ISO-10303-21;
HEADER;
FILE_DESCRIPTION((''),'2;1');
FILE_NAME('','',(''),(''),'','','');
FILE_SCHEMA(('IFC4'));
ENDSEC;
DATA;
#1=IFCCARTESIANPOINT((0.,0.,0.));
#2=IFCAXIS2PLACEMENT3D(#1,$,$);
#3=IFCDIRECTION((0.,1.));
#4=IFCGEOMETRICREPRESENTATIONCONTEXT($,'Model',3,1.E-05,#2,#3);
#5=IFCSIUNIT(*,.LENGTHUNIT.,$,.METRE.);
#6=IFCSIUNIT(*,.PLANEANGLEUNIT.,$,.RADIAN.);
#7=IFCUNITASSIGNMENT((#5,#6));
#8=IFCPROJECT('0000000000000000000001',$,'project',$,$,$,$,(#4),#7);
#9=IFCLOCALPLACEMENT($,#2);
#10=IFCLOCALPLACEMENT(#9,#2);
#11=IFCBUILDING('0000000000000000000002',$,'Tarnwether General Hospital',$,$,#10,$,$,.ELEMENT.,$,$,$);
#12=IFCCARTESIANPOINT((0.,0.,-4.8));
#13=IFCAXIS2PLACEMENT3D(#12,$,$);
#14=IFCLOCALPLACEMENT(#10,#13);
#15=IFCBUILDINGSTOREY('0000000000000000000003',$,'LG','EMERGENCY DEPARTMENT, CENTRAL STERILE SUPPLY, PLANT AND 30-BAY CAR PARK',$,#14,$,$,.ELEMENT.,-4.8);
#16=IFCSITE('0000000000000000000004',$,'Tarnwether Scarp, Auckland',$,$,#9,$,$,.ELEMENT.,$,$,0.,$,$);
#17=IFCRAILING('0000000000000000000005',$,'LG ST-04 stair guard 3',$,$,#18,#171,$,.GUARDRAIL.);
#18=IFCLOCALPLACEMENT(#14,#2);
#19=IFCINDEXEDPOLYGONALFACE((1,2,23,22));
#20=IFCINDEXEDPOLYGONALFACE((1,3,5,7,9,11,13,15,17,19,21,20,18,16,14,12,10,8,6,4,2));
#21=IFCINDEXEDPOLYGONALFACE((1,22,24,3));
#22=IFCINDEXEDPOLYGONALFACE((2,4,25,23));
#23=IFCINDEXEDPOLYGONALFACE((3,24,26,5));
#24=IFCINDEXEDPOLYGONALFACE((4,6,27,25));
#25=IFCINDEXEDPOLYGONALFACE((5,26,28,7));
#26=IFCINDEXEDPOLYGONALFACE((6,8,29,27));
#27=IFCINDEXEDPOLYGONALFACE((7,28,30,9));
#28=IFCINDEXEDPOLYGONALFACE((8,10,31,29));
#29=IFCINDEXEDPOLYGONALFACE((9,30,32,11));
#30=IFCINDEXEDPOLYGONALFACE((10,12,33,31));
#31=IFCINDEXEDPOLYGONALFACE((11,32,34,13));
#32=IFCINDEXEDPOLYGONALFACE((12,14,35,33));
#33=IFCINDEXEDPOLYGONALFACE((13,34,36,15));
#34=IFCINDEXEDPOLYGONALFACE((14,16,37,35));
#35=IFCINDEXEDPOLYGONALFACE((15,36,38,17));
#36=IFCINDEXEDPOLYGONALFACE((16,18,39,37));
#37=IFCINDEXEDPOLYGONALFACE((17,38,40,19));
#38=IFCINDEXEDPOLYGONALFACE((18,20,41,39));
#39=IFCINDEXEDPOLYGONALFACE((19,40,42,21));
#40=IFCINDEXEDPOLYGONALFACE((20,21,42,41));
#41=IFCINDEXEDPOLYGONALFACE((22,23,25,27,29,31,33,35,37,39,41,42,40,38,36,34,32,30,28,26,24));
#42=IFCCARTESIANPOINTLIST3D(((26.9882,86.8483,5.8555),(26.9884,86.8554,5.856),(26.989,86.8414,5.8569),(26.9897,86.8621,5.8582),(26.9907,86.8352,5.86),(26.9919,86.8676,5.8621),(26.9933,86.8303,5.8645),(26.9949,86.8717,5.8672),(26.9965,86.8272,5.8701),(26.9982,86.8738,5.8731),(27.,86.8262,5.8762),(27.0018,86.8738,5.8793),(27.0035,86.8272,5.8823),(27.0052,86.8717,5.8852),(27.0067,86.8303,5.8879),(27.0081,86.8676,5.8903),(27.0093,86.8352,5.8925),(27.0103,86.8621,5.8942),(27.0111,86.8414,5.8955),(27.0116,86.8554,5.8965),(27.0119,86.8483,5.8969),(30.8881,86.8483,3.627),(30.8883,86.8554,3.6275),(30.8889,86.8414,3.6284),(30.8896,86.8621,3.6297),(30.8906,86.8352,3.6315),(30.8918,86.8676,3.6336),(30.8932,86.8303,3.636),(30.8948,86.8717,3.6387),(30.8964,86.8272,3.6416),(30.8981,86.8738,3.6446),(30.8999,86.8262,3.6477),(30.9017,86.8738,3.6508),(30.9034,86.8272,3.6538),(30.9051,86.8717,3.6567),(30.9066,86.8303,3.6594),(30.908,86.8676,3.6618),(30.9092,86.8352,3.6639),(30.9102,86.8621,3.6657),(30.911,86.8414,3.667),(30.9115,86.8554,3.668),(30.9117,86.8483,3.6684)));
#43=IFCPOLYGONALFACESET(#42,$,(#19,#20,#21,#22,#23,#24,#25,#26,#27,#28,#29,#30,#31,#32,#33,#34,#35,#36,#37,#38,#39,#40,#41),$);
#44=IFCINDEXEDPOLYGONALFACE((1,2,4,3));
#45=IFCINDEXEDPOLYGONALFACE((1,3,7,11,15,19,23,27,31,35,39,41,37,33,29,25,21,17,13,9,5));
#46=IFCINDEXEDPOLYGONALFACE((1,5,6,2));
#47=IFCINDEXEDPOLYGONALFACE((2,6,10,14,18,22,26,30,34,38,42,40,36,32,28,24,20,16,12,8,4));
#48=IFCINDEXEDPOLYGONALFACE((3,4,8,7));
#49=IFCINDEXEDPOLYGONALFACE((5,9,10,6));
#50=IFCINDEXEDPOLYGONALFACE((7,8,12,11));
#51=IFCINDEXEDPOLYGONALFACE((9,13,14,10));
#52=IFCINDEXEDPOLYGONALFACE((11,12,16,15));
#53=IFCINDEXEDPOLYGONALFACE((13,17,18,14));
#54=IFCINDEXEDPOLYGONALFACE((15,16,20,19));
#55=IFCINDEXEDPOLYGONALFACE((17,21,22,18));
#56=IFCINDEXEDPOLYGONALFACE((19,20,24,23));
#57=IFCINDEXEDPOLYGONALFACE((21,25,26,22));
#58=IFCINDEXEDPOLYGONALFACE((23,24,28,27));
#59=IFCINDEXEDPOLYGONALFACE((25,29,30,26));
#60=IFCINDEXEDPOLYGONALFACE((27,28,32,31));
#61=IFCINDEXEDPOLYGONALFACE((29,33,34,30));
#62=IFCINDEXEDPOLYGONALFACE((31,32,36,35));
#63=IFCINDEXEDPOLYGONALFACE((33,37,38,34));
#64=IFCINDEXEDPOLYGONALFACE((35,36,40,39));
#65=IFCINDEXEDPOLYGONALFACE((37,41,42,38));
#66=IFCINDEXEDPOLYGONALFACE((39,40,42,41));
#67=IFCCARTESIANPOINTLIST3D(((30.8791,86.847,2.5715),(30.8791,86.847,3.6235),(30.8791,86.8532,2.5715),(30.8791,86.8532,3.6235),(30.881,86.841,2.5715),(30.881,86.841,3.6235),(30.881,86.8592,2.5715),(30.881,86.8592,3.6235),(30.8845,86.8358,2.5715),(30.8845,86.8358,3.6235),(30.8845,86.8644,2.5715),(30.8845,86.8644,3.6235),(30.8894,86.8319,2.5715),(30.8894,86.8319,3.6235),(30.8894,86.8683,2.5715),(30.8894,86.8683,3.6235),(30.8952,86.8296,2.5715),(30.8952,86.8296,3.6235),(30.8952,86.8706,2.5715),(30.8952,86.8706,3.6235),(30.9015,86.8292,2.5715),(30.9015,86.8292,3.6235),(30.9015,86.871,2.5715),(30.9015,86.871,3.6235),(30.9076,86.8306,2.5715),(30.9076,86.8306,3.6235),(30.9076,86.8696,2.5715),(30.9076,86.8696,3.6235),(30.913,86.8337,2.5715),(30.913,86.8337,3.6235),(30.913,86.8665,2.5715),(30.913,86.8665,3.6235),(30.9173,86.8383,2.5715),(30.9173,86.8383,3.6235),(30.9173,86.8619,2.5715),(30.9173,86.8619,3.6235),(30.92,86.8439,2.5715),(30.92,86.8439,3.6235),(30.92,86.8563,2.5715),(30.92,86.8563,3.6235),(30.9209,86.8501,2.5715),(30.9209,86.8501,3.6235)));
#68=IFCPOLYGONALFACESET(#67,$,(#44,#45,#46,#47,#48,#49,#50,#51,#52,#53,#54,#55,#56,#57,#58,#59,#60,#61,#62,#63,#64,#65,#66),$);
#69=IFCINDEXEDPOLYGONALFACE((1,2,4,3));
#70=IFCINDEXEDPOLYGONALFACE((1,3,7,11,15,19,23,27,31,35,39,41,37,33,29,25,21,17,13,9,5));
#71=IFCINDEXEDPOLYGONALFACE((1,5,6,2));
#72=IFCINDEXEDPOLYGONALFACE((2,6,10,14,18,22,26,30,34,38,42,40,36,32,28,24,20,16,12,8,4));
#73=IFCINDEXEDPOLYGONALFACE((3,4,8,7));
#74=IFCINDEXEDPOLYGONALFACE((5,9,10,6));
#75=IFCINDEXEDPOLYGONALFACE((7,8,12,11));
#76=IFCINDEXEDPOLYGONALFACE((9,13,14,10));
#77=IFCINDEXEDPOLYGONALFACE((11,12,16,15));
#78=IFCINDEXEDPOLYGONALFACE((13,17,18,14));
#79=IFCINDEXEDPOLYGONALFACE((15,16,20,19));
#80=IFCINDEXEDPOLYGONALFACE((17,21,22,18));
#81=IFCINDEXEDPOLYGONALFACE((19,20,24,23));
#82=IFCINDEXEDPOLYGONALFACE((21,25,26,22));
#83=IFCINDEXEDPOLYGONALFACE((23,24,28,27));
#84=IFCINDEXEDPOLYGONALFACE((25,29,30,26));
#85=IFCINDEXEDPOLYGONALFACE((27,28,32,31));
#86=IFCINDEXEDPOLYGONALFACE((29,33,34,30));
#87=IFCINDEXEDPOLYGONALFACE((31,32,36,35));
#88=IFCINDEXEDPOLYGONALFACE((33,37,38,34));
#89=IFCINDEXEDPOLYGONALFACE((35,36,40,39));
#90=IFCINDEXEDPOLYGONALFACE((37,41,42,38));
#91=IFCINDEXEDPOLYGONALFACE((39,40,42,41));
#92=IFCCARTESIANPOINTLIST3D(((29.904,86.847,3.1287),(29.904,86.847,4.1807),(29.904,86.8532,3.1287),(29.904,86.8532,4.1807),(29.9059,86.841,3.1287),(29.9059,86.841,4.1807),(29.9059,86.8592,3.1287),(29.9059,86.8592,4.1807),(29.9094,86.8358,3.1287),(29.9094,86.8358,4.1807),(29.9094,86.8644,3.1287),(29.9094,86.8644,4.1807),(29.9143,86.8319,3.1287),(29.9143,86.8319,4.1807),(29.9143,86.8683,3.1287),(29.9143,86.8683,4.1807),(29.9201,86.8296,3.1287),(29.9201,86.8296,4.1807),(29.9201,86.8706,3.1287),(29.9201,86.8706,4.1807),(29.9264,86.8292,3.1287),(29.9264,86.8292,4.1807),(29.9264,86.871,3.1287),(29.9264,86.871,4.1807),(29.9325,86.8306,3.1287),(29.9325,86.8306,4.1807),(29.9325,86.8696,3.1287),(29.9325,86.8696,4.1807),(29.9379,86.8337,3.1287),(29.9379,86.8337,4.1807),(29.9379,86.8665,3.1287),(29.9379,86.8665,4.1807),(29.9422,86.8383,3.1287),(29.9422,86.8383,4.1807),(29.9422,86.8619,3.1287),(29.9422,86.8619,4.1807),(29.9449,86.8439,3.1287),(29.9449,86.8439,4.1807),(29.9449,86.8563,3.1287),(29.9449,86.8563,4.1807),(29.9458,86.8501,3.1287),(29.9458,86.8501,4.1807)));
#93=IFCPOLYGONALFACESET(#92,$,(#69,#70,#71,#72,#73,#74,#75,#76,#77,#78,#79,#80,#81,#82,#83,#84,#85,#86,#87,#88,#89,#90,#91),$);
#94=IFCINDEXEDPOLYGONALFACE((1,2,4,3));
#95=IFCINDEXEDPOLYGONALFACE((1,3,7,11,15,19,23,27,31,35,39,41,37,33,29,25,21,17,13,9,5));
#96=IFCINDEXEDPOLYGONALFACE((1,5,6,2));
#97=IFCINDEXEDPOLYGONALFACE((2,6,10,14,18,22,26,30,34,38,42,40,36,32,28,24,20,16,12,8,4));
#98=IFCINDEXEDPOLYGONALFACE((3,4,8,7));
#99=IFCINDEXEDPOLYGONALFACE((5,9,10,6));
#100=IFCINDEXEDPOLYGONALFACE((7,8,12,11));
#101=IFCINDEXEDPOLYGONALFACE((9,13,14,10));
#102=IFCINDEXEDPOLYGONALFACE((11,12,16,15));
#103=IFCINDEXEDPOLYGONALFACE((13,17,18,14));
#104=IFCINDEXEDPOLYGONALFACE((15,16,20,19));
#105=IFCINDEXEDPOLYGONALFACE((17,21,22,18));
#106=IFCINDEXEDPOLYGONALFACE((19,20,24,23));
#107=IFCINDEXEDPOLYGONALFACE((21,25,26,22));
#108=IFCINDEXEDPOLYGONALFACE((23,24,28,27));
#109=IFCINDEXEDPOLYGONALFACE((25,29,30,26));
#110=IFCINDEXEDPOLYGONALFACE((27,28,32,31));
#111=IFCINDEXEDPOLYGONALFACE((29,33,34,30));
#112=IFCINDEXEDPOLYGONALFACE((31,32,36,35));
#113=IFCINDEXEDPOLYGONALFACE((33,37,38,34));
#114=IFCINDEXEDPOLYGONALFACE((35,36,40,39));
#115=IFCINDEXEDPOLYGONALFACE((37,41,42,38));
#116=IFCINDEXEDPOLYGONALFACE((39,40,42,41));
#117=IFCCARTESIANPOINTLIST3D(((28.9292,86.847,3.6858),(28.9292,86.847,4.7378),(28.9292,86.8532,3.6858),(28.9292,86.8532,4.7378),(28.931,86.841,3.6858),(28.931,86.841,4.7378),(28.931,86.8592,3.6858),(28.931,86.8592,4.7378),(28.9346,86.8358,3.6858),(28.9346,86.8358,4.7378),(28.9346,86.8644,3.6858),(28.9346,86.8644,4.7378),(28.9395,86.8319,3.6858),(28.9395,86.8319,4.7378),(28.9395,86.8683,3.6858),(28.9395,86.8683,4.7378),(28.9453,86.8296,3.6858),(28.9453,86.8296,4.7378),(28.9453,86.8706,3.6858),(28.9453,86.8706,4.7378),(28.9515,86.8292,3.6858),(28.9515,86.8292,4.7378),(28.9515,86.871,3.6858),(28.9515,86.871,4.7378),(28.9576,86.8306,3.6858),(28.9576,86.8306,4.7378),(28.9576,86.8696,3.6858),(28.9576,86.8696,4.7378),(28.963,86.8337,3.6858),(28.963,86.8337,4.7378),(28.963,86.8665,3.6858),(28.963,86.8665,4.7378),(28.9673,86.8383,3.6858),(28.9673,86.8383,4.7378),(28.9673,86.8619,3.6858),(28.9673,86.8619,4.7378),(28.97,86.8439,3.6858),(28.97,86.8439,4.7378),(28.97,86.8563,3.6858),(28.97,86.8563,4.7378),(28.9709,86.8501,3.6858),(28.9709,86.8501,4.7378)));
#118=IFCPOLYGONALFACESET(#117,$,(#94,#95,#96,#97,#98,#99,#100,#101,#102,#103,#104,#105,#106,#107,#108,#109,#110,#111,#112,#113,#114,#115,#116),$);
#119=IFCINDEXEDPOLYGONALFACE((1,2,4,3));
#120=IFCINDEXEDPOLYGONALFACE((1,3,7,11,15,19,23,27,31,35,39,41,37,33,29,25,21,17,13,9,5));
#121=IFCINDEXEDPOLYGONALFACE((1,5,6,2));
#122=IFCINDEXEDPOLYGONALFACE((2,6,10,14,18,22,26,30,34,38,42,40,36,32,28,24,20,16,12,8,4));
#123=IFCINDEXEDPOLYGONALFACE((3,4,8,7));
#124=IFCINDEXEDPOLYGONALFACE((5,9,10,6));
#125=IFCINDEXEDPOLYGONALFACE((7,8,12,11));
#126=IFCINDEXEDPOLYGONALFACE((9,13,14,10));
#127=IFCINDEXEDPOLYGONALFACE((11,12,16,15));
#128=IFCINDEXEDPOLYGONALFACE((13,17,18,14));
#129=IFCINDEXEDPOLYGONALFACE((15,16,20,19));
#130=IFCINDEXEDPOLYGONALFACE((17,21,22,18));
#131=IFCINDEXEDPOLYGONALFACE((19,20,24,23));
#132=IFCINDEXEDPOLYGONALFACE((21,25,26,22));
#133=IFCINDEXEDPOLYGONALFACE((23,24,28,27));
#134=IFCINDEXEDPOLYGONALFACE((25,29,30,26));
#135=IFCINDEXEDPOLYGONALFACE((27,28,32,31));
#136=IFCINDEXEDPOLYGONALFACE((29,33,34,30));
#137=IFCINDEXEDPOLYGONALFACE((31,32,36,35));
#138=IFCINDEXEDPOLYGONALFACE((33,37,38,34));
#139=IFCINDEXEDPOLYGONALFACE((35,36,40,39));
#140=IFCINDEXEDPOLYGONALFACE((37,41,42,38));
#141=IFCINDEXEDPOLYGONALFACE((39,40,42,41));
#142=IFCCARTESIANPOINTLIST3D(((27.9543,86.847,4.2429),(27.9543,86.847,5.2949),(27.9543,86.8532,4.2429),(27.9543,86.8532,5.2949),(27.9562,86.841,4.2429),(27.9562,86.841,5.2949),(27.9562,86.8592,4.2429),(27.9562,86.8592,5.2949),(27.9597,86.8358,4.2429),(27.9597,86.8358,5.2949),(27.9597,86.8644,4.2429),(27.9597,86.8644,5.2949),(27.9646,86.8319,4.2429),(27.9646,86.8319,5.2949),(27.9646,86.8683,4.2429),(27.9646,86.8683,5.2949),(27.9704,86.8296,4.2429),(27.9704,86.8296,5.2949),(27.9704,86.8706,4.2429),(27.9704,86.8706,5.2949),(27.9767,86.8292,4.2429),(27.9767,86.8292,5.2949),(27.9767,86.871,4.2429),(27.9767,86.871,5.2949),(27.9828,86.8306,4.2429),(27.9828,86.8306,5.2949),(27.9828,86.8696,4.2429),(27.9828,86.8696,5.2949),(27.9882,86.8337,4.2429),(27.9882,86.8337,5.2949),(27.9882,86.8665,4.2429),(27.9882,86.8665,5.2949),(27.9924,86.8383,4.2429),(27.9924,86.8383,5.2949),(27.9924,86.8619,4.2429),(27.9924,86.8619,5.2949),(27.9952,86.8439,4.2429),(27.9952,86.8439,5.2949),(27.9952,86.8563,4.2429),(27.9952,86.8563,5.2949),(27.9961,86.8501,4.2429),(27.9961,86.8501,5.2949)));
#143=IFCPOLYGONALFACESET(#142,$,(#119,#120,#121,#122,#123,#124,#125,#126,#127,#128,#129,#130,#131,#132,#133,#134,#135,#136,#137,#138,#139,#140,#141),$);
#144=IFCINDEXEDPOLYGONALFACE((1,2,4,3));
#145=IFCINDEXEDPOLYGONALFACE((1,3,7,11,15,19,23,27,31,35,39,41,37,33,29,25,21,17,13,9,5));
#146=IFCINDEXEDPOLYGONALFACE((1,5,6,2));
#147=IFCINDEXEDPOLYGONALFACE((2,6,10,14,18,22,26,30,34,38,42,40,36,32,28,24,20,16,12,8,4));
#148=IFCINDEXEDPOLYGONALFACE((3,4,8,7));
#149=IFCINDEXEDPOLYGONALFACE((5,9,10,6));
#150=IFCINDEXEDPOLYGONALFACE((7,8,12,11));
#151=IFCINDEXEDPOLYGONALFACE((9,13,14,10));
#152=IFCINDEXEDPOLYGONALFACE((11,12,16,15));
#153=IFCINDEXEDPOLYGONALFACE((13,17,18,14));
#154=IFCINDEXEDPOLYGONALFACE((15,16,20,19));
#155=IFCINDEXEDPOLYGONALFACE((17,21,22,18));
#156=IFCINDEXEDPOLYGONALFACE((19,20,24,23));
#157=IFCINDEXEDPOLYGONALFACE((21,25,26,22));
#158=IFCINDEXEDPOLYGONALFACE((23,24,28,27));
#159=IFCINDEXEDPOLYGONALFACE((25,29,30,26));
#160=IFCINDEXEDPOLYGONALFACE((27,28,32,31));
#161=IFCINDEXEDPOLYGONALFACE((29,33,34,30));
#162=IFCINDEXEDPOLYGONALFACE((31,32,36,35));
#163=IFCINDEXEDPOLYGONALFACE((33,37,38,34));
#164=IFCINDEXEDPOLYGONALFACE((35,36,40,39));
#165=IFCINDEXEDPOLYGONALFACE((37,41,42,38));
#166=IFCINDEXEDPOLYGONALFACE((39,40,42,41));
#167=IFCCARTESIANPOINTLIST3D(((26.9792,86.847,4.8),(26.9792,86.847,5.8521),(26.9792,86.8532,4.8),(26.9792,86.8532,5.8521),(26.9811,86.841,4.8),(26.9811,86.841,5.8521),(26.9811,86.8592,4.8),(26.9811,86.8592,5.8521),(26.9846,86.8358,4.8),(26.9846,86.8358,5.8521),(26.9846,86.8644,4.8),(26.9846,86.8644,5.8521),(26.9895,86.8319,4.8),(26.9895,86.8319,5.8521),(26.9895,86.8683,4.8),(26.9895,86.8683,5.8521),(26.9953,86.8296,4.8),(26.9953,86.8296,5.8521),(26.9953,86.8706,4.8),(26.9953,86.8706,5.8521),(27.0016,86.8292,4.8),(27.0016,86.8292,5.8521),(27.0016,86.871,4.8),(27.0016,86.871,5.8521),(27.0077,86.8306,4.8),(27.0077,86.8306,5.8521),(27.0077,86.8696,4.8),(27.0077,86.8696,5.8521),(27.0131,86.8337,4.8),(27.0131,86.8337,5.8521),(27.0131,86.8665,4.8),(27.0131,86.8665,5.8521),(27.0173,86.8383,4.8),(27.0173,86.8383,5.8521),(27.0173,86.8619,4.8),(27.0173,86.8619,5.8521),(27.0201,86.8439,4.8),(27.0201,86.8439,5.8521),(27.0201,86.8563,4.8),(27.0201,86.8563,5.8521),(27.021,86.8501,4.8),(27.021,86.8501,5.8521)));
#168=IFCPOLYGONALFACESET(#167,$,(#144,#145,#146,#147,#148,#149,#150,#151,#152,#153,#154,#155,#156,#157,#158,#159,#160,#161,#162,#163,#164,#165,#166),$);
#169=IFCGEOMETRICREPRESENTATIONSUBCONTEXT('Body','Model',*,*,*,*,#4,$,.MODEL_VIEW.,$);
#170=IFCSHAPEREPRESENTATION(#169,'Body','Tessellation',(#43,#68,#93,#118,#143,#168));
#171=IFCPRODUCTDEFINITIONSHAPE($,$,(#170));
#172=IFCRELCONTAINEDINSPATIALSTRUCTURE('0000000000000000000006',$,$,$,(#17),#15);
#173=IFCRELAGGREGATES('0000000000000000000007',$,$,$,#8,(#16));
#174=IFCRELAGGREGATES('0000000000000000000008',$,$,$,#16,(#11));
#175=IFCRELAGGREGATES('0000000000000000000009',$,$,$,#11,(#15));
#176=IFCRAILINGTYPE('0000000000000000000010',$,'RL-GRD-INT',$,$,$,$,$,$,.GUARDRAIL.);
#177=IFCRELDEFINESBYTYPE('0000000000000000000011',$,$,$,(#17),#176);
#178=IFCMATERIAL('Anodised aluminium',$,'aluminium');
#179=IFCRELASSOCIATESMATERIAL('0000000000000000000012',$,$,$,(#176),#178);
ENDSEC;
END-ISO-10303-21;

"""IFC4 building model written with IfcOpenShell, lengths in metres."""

from ifc_helpers import new_model, si_unit, direction, frame, origin, origin_2d, place, context, subcontext, project, spatial, circle, extrude, material, type_object, element, save


model = new_model("IFC4")

# Units and contexts
model_context = context("Model", 3, precision=1e-05, world=origin(), true_north=direction((0.0, 1.0)))
body_context = subcontext(model_context, "Body", "Model", "MODEL_VIEW")
ifc_project = project(units=[si_unit("LENGTHUNIT", "METRE"), si_unit("PLANEANGLEUNIT", "RADIAN")], contexts=[model_context])

# Site, building, storey
site_placement = place(None, origin())
site = spatial("IfcSite", under=ifc_project, at=site_placement, Name="Tarnwether Scarp, Auckland", CompositionType="ELEMENT", RefElevation=0.0)
building_placement = place(site_placement, origin())
building = spatial("IfcBuilding", under=site, at=building_placement, Name="Tarnwether General Hospital", CompositionType="ELEMENT")
storey_placement = place(building_placement, frame((0.0, 0.0, -4.8)))
storey = spatial("IfcBuildingStorey", under=building, at=storey_placement, Name="LG", Description="EMERGENCY DEPARTMENT, CENTRAL STERILE SUPPLY, PLANT AND 30-BAY CAR PARK", CompositionType="ELEMENT", Elevation=-4.8)

# Railing
ifc_material_1 = material(Name="Anodised aluminium", Category="aluminium")
railing_type_1 = type_object("IfcRailingType", Name="RL-GRD-INT", PredefinedType="GUARDRAIL", material=ifc_material_1)
railing_1_placement = place(storey_placement, frame((30.8999, 86.8501, 2.5715)))
element("IfcRailing", 1, at=railing_1_placement, inside=storey, type_object=railing_type_1, Name="LG ST-04 stair guard 3", PredefinedType="GUARDRAIL", context=body_context, shape_type="SweptSolid", body=[
    extrude(circle(Radius=0.0239, at=origin_2d()), frame((0.0, 0.0, 1.0762), z_axis=(-0.868243, 0.0, 0.496139), x_axis=(0.0, -1.0, 0.0)), (0.0, 0.0, 1.0), 4.4917),
    extrude(circle(Radius=0.021, at=origin_2d()), origin(), (0.0, 0.0, 1.0), 1.052),
    extrude(circle(Radius=0.021, at=origin_2d()), frame((-0.9751, 0.0, 0.5571)), (0.0, 0.0, 1.0), 1.052),
    extrude(circle(Radius=0.021, at=origin_2d()), frame((-1.95, 0.0, 1.1143)), (0.0, 0.0, 1.0), 1.052),
    extrude(circle(Radius=0.021, at=origin_2d()), frame((-2.9248, 0.0, 1.6714)), (0.0, 0.0, 1.0), 1.052),
    extrude(circle(Radius=0.021, at=origin_2d()), frame((-3.8999, 0.0, 2.2285)), (0.0, 0.0, 1.0), 1.052),
])

save(model, "model.ifc")
